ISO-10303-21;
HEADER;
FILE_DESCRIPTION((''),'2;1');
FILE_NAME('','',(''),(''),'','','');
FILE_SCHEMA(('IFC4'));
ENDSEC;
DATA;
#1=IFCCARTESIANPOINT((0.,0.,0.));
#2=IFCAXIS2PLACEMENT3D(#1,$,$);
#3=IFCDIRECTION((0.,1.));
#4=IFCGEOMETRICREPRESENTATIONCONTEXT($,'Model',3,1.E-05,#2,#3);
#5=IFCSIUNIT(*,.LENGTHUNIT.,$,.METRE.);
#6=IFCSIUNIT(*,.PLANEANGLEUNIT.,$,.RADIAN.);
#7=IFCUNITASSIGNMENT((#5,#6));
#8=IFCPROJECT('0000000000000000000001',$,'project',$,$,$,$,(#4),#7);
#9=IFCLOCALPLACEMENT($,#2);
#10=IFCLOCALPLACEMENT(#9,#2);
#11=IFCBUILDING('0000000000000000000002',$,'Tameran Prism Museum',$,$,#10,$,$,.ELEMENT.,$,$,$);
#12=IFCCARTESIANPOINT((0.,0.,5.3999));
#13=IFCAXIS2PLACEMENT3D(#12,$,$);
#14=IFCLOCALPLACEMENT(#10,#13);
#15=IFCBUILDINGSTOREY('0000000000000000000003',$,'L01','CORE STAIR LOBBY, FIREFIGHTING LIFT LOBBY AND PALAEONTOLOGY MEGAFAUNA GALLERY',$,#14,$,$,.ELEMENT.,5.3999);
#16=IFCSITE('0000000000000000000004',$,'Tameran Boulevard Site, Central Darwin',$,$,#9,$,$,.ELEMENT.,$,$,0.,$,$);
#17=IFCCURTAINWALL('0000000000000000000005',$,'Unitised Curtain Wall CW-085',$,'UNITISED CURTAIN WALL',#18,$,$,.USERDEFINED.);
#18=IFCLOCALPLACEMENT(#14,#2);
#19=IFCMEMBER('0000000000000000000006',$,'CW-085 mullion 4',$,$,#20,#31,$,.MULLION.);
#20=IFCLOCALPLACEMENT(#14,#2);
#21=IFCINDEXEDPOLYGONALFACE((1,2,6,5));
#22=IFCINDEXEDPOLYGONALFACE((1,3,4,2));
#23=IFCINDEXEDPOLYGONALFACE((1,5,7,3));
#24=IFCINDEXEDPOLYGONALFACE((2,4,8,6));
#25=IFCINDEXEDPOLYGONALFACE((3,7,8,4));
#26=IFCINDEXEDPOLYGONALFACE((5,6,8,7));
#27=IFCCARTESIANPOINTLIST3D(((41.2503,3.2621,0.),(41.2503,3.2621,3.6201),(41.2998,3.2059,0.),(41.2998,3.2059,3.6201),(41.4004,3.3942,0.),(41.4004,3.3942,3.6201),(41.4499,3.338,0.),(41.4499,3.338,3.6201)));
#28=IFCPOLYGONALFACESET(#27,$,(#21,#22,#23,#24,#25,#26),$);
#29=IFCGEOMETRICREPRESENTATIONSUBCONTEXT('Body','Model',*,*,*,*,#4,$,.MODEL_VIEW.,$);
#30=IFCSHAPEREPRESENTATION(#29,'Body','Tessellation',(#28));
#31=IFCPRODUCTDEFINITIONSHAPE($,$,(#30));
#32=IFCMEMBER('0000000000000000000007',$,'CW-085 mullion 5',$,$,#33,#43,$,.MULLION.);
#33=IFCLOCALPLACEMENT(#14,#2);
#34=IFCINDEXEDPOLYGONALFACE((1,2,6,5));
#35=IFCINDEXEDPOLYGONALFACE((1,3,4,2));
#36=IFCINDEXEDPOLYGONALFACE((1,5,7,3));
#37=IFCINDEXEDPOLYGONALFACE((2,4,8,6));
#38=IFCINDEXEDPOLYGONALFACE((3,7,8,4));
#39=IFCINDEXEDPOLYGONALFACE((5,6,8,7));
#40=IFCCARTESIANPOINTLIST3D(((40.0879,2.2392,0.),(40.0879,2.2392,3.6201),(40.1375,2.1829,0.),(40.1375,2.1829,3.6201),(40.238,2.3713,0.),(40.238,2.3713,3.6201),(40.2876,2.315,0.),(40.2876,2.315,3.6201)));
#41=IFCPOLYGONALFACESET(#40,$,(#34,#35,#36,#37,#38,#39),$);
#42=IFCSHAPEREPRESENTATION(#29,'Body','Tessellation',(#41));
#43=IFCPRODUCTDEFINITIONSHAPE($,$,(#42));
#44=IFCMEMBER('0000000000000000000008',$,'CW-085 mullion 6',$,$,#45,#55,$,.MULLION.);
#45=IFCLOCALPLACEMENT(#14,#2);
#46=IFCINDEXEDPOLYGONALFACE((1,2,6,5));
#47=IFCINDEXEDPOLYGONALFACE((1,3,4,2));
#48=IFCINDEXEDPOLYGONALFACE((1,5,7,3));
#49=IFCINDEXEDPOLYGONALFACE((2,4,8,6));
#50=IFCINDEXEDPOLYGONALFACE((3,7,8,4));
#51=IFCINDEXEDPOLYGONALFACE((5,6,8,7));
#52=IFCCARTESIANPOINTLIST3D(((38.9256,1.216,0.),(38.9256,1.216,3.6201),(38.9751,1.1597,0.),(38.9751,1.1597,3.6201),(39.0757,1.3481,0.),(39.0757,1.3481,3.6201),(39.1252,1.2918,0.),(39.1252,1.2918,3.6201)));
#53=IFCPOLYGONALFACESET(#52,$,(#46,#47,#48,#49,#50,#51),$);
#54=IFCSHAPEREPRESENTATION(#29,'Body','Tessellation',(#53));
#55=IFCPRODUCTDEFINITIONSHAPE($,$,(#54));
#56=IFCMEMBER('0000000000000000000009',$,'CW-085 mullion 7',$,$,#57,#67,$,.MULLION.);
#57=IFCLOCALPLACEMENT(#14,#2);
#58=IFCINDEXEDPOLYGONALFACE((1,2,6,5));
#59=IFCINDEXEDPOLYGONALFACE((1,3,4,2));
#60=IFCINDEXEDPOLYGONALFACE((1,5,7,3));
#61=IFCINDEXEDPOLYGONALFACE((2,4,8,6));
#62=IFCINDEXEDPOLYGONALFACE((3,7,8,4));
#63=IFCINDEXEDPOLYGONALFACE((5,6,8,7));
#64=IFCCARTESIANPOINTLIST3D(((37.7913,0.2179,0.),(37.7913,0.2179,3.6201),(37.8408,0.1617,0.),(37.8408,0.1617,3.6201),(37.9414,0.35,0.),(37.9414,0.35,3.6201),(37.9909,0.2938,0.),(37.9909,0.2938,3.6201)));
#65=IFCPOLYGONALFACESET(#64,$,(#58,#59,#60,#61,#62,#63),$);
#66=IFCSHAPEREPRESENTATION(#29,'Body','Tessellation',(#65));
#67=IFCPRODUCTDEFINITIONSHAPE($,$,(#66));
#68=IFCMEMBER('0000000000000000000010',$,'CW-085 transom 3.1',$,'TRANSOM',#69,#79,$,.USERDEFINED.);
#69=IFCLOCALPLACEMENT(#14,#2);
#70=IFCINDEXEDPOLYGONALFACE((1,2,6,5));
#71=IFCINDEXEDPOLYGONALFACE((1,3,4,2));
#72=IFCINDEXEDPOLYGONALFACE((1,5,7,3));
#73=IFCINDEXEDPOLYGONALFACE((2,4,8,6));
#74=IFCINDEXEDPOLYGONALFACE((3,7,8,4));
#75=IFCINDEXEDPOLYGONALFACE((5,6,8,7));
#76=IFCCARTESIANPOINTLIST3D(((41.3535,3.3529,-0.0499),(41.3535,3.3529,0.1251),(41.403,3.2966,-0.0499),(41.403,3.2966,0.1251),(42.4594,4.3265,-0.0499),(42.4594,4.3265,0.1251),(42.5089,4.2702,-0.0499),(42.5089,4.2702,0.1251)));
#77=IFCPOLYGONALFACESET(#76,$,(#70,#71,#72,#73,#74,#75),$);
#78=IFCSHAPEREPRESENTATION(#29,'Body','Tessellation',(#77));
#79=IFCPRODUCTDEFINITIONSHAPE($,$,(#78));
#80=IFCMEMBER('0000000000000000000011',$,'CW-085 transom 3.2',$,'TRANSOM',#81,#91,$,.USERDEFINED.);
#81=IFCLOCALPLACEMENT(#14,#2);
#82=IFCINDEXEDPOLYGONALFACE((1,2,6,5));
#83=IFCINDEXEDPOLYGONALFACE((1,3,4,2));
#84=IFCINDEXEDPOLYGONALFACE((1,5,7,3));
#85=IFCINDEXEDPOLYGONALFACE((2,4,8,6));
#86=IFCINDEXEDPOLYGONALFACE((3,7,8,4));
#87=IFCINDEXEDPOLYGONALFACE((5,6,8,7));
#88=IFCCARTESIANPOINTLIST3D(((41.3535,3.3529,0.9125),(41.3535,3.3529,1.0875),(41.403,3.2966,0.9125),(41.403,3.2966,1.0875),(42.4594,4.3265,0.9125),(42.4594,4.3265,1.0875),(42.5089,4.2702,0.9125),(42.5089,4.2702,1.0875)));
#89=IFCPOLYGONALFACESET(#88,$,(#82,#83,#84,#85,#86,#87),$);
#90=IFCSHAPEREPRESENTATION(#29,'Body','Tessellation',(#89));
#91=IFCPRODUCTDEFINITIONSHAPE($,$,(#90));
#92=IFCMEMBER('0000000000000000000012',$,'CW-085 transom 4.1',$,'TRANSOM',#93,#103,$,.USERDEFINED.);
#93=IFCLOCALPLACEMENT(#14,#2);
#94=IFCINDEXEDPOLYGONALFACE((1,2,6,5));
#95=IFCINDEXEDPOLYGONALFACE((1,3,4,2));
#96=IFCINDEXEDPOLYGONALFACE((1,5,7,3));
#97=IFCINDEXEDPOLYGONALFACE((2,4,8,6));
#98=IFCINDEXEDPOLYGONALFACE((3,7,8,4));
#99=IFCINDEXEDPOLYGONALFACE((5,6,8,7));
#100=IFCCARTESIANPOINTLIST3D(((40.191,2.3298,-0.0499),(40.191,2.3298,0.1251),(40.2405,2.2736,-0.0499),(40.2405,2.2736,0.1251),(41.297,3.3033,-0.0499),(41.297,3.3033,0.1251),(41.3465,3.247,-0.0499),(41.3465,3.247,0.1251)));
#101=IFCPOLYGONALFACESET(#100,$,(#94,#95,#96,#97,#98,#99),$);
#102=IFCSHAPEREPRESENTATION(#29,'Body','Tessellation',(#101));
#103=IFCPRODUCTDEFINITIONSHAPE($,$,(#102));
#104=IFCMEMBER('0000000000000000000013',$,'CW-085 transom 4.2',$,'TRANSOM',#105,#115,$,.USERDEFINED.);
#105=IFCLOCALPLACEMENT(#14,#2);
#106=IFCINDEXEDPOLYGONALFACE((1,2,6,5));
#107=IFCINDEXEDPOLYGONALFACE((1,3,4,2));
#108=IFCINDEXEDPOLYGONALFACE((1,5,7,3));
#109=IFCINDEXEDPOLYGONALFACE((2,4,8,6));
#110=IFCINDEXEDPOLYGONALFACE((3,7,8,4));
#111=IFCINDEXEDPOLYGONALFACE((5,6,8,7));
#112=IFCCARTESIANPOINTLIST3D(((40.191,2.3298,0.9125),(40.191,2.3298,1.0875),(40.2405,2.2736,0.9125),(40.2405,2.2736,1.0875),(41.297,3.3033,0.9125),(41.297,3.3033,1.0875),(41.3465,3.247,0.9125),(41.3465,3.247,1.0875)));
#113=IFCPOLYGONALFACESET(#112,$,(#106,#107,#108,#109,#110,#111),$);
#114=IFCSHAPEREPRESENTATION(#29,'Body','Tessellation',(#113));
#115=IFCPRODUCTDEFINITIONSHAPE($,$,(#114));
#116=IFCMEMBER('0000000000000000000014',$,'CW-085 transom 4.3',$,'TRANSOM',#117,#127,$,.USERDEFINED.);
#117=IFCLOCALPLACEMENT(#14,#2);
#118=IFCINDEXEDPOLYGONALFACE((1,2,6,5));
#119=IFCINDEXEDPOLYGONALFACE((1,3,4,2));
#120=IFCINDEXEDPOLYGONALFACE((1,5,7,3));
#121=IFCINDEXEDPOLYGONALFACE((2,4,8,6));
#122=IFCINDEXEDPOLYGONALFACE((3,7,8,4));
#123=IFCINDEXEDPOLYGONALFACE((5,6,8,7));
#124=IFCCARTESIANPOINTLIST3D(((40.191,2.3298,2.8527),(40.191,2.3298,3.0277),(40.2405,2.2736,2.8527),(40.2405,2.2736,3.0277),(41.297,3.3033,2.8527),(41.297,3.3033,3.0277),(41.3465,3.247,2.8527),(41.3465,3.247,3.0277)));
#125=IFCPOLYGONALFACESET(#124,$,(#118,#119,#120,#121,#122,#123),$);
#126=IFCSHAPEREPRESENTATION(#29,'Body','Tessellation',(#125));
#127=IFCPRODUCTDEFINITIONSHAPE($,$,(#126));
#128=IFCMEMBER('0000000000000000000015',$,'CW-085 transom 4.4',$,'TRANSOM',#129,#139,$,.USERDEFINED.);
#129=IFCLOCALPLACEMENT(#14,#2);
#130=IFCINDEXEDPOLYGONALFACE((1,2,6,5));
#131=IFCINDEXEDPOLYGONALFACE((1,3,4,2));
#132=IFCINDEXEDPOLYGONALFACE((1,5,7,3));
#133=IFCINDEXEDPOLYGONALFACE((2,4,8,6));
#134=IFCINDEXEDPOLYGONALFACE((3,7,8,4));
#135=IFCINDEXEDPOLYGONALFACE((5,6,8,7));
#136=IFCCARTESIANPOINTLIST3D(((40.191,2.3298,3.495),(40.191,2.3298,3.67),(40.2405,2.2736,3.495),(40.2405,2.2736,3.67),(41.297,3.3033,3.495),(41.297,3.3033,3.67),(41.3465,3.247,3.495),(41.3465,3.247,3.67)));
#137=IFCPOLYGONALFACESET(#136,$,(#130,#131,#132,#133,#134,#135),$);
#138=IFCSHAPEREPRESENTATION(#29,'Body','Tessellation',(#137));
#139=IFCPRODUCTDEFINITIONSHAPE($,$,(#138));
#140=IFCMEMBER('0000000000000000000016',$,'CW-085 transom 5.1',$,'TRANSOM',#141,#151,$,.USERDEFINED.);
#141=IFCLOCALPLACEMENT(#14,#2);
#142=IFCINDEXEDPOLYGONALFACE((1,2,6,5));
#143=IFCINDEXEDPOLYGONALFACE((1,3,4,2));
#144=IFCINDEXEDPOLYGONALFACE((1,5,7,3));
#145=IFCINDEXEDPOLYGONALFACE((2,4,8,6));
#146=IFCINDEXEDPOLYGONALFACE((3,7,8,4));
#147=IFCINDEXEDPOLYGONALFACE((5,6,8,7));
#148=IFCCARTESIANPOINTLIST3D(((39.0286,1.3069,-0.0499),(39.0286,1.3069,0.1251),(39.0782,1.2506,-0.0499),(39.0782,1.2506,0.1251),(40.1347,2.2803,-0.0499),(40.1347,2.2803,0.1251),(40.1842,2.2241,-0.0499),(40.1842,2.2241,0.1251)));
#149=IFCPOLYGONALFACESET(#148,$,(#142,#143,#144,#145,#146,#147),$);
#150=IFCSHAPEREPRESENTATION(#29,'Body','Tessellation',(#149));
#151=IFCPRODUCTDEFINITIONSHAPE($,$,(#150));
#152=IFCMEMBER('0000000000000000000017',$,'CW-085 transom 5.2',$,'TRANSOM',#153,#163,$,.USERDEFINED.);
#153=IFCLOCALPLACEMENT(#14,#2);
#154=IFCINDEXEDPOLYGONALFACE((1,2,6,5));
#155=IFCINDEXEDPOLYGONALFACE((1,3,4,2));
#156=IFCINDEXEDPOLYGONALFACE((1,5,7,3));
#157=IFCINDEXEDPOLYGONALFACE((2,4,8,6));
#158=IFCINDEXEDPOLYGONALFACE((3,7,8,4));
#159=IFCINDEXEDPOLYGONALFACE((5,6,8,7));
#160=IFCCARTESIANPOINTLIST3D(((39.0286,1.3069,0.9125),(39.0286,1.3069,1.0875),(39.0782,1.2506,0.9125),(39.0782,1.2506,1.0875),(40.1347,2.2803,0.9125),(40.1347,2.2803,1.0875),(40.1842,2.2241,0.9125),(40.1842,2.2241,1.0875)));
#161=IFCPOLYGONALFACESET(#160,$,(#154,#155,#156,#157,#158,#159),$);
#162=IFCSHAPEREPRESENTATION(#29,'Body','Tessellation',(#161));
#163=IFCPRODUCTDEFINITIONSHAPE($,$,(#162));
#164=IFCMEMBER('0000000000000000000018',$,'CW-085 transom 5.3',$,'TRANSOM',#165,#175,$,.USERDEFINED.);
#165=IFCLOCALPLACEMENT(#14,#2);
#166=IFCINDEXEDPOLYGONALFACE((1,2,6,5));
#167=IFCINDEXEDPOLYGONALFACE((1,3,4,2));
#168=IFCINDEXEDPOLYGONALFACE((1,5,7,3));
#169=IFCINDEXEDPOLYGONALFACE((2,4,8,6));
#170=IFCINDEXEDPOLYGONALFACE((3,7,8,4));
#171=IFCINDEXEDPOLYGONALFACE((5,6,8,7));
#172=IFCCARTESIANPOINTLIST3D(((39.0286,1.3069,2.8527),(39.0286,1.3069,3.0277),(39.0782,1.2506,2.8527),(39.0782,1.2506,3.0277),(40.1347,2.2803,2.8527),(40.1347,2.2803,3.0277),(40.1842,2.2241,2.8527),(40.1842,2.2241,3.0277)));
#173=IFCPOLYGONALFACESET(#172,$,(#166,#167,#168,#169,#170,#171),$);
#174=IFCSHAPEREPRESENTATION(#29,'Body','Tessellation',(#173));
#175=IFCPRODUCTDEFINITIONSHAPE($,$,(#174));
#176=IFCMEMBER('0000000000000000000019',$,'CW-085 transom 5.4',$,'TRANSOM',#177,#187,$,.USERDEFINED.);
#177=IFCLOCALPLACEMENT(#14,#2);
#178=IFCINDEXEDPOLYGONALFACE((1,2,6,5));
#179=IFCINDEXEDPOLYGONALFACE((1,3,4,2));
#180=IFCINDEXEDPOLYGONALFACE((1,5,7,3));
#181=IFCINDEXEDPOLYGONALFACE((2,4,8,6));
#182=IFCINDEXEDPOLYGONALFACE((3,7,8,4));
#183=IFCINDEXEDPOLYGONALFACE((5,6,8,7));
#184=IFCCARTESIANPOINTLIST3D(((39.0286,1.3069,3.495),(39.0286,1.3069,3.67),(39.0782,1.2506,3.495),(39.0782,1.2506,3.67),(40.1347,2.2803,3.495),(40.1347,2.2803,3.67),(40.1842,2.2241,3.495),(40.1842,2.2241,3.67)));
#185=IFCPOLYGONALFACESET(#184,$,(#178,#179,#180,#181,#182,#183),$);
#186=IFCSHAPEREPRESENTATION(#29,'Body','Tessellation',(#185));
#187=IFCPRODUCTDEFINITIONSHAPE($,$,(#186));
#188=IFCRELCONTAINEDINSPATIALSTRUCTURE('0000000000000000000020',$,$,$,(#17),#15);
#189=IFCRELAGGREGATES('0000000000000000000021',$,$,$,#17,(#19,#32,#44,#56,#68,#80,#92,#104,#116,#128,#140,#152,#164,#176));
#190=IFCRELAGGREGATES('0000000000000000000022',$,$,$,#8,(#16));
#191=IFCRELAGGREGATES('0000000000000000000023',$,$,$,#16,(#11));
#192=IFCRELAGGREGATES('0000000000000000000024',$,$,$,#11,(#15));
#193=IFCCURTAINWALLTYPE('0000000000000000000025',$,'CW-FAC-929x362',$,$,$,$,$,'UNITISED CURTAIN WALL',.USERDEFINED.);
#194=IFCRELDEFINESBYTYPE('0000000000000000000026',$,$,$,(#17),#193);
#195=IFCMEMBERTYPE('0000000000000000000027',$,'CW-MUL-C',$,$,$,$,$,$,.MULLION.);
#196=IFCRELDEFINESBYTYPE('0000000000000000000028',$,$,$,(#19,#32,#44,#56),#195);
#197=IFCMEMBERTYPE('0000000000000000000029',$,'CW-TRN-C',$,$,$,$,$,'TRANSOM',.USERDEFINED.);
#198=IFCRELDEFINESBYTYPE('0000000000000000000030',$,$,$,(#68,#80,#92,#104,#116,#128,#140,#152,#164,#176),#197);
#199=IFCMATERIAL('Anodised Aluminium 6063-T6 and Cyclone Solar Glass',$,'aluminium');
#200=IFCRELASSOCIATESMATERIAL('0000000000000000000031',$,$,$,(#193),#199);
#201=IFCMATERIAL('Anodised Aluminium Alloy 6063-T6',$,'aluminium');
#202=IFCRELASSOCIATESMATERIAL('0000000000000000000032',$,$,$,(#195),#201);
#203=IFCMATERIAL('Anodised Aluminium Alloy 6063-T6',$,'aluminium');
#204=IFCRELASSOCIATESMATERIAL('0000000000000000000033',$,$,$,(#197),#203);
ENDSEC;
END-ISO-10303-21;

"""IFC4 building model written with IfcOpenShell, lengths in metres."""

from ifc_helpers import new_model, si_unit, direction, frame, origin, origin_2d, place, context, subcontext, project, spatial, rectangle, extrude, material, material_profile, profile_set, type_object, element, aggregate, save


model = new_model("IFC4")

# Units and contexts
model_context = context("Model", 3, precision=1e-05, world=origin(), true_north=direction((0.0, 1.0)))
body_context = subcontext(model_context, "Body", "Model", "MODEL_VIEW")
ifc_project = project(units=[si_unit("LENGTHUNIT", "METRE"), si_unit("PLANEANGLEUNIT", "RADIAN")], contexts=[model_context])

# Site, building, storey
site_placement = place(None, origin())
site = spatial("IfcSite", under=ifc_project, at=site_placement, Name="Tameran Boulevard Site, Central Darwin", CompositionType="ELEMENT", RefElevation=0.0)
building_placement = place(site_placement, origin())
building = spatial("IfcBuilding", under=site, at=building_placement, Name="Tameran Prism Museum", CompositionType="ELEMENT")
storey_placement = place(building_placement, frame((0.0, 0.0, 5.3999)))
storey = spatial("IfcBuildingStorey", under=building, at=storey_placement, Name="L01", Description="CORE STAIR LOBBY, FIREFIGHTING LIFT LOBBY AND PALAEONTOLOGY MEGAFAUNA GALLERY", CompositionType="ELEMENT", Elevation=5.3999)

# Curtain wall, members
ifc_material_1 = material(Name="Anodised Aluminium 6063-T6 and Cyclone Solar Glass", Category="aluminium")
curtain_wall_type = type_object("IfcCurtainWallType", Name="CW-FAC-929x362", ElementType="UNITISED CURTAIN WALL", PredefinedType="USERDEFINED", material=ifc_material_1)
curtain_wall_placement = place(storey_placement, origin())
curtain_wall = element("IfcCurtainWall", 1, at=curtain_wall_placement, inside=storey, type_object=curtain_wall_type, Name="Unitised Curtain Wall CW-085", ObjectType="UNITISED CURTAIN WALL", PredefinedType="USERDEFINED")
ifc_material_2 = material(Name="Anodised Aluminium Alloy 6063-T6", Category="aluminium")
ifc_material_profile_1 = material_profile(ifc_material_2, rectangle(XDim=0.075, YDim=0.2, at=origin_2d()))
ifc_profile_set_1 = profile_set([ifc_material_profile_1])
member_type_1 = type_object("IfcMemberType", Name="CW-MUL-C", PredefinedType="MULLION", material=ifc_profile_set_1)
member_1_placement = place(storey_placement, frame((41.3501, 3.3, 0.0), z_axis=(0.0, 0.0, 1.0), x_axis=(0.660681, -0.750667, 0.0)))
member_1 = element("IfcMember", 2, at=member_1_placement, type_object=member_type_1, Name="CW-085 mullion 4", PredefinedType="MULLION", context=body_context, shape_type="SweptSolid", body=[
    extrude(rectangle(XDim=0.075, YDim=0.2, at=origin_2d()), origin(), (0.0, 0.0, 1.0), 3.6201),
])
member_2_placement = place(storey_placement, frame((40.1877, 2.2771, 0.0), z_axis=(0.0, 0.0, 1.0), x_axis=(0.660681, -0.750667, 0.0)))
member_2 = element("IfcMember", 3, at=member_2_placement, type_object=member_type_1, Name="CW-085 mullion 5", PredefinedType="MULLION", context=body_context, shape_type="SweptSolid", body=[
    extrude(rectangle(XDim=0.075, YDim=0.2, at=origin_2d()), origin(), (0.0, 0.0, 1.0), 3.6201),
])
member_3_placement = place(storey_placement, frame((39.0254, 1.2539, 0.0), z_axis=(0.0, 0.0, 1.0), x_axis=(0.660681, -0.750667, 0.0)))
member_3 = element("IfcMember", 4, at=member_3_placement, type_object=member_type_1, Name="CW-085 mullion 6", PredefinedType="MULLION", context=body_context, shape_type="SweptSolid", body=[
    extrude(rectangle(XDim=0.075, YDim=0.2, at=origin_2d()), origin(), (0.0, 0.0, 1.0), 3.6201),
])
member_4_placement = place(storey_placement, frame((37.8911, 0.2559, 0.0), z_axis=(0.0, 0.0, 1.0), x_axis=(0.660681, -0.750667, 0.0)))
member_4 = element("IfcMember", 5, at=member_4_placement, type_object=member_type_1, Name="CW-085 mullion 7", PredefinedType="MULLION", context=body_context, shape_type="SweptSolid", body=[
    extrude(rectangle(XDim=0.075, YDim=0.2, at=origin_2d()), origin(), (0.0, 0.0, 1.0), 3.6201),
])
ifc_material_3 = material(Name="Anodised Aluminium Alloy 6063-T6", Category="aluminium")
ifc_material_profile_2 = material_profile(ifc_material_3, rectangle(XDim=0.075, YDim=0.175, at=origin_2d()))
ifc_profile_set_2 = profile_set([ifc_material_profile_2])
member_type_2 = type_object("IfcMemberType", Name="CW-TRN-C", ElementType="TRANSOM", PredefinedType="USERDEFINED", material=ifc_profile_set_2)
member_5_placement = place(storey_placement, frame((42.4841, 4.2983, 0.0376), z_axis=(-0.750582, -0.660777, 0.0), x_axis=(0.660777, -0.750582, 0.0)))
member_5 = element("IfcMember", 6, at=member_5_placement, type_object=member_type_2, Name="CW-085 transom 3.1", ObjectType="TRANSOM", PredefinedType="USERDEFINED", context=body_context, shape_type="SweptSolid", body=[
    extrude(rectangle(XDim=0.075, YDim=0.175, at=origin_2d()), origin(), (0.0, 0.0, 1.0), 1.4734),
])
member_6_placement = place(storey_placement, frame((42.4841, 4.2983, 1.0), z_axis=(-0.750582, -0.660777, 0.0), x_axis=(0.660777, -0.750582, 0.0)))
member_6 = element("IfcMember", 7, at=member_6_placement, type_object=member_type_2, Name="CW-085 transom 3.2", ObjectType="TRANSOM", PredefinedType="USERDEFINED", context=body_context, shape_type="SweptSolid", body=[
    extrude(rectangle(XDim=0.075, YDim=0.175, at=origin_2d()), origin(), (0.0, 0.0, 1.0), 1.4734),
])
member_7_placement = place(storey_placement, frame((41.3218, 3.2751, 0.0376), z_axis=(-0.750664, -0.660684, 0.0), x_axis=(0.660684, -0.750664, 0.0)))
member_7 = element("IfcMember", 8, at=member_7_placement, type_object=member_type_2, Name="CW-085 transom 4.1", ObjectType="TRANSOM", PredefinedType="USERDEFINED", context=body_context, shape_type="SweptSolid", body=[
    extrude(rectangle(XDim=0.075, YDim=0.175, at=origin_2d()), origin(), (0.0, 0.0, 1.0), 1.4734),
])
member_8_placement = place(storey_placement, frame((41.3218, 3.2751, 1.0), z_axis=(-0.750664, -0.660684, 0.0), x_axis=(0.660684, -0.750664, 0.0)))
member_8 = element("IfcMember", 9, at=member_8_placement, type_object=member_type_2, Name="CW-085 transom 4.2", ObjectType="TRANSOM", PredefinedType="USERDEFINED", context=body_context, shape_type="SweptSolid", body=[
    extrude(rectangle(XDim=0.075, YDim=0.175, at=origin_2d()), origin(), (0.0, 0.0, 1.0), 1.4734),
])
member_9_placement = place(storey_placement, frame((41.3218, 3.2751, 2.9402), z_axis=(-0.750664, -0.660684, 0.0), x_axis=(0.660684, -0.750664, 0.0)))
member_9 = element("IfcMember", 10, at=member_9_placement, type_object=member_type_2, Name="CW-085 transom 4.3", ObjectType="TRANSOM", PredefinedType="USERDEFINED", context=body_context, shape_type="SweptSolid", body=[
    extrude(rectangle(XDim=0.075, YDim=0.175, at=origin_2d()), origin(), (0.0, 0.0, 1.0), 1.4734),
])
member_10_placement = place(storey_placement, frame((41.3218, 3.2751, 3.5825), z_axis=(-0.750664, -0.660684, 0.0), x_axis=(0.660684, -0.750664, 0.0)))
member_10 = element("IfcMember", 11, at=member_10_placement, type_object=member_type_2, Name="CW-085 transom 4.4", ObjectType="TRANSOM", PredefinedType="USERDEFINED", context=body_context, shape_type="SweptSolid", body=[
    extrude(rectangle(XDim=0.075, YDim=0.175, at=origin_2d()), origin(), (0.0, 0.0, 1.0), 1.4734),
])
member_11_placement = place(storey_placement, frame((40.1594, 2.2522, 0.0376), z_axis=(-0.750664, -0.660684, 0.0), x_axis=(0.660684, -0.750664, 0.0)))
member_11 = element("IfcMember", 12, at=member_11_placement, type_object=member_type_2, Name="CW-085 transom 5.1", ObjectType="TRANSOM", PredefinedType="USERDEFINED", context=body_context, shape_type="SweptSolid", body=[
    extrude(rectangle(XDim=0.075, YDim=0.175, at=origin_2d()), origin(), (0.0, 0.0, 1.0), 1.4734),
])
member_12_placement = place(storey_placement, frame((40.1594, 2.2522, 1.0), z_axis=(-0.750664, -0.660684, 0.0), x_axis=(0.660684, -0.750664, 0.0)))
member_12 = element("IfcMember", 13, at=member_12_placement, type_object=member_type_2, Name="CW-085 transom 5.2", ObjectType="TRANSOM", PredefinedType="USERDEFINED", context=body_context, shape_type="SweptSolid", body=[
    extrude(rectangle(XDim=0.075, YDim=0.175, at=origin_2d()), origin(), (0.0, 0.0, 1.0), 1.4734),
])
member_13_placement = place(storey_placement, frame((40.1594, 2.2522, 2.9402), z_axis=(-0.750664, -0.660684, 0.0), x_axis=(0.660684, -0.750664, 0.0)))
member_13 = element("IfcMember", 14, at=member_13_placement, type_object=member_type_2, Name="CW-085 transom 5.3", ObjectType="TRANSOM", PredefinedType="USERDEFINED", context=body_context, shape_type="SweptSolid", body=[
    extrude(rectangle(XDim=0.075, YDim=0.175, at=origin_2d()), origin(), (0.0, 0.0, 1.0), 1.4734),
])
member_14_placement = place(storey_placement, frame((40.1594, 2.2522, 3.5825), z_axis=(-0.750664, -0.660684, 0.0), x_axis=(0.660684, -0.750664, 0.0)))
member_14 = element("IfcMember", 15, at=member_14_placement, type_object=member_type_2, Name="CW-085 transom 5.4", ObjectType="TRANSOM", PredefinedType="USERDEFINED", context=body_context, shape_type="SweptSolid", body=[
    extrude(rectangle(XDim=0.075, YDim=0.175, at=origin_2d()), origin(), (0.0, 0.0, 1.0), 1.4734),
])
aggregate(curtain_wall, [member_1, member_2, member_3, member_4, member_5, member_6, member_7, member_8, member_9, member_10, member_11, member_12, member_13, member_14])

save(model, "model.ifc")
